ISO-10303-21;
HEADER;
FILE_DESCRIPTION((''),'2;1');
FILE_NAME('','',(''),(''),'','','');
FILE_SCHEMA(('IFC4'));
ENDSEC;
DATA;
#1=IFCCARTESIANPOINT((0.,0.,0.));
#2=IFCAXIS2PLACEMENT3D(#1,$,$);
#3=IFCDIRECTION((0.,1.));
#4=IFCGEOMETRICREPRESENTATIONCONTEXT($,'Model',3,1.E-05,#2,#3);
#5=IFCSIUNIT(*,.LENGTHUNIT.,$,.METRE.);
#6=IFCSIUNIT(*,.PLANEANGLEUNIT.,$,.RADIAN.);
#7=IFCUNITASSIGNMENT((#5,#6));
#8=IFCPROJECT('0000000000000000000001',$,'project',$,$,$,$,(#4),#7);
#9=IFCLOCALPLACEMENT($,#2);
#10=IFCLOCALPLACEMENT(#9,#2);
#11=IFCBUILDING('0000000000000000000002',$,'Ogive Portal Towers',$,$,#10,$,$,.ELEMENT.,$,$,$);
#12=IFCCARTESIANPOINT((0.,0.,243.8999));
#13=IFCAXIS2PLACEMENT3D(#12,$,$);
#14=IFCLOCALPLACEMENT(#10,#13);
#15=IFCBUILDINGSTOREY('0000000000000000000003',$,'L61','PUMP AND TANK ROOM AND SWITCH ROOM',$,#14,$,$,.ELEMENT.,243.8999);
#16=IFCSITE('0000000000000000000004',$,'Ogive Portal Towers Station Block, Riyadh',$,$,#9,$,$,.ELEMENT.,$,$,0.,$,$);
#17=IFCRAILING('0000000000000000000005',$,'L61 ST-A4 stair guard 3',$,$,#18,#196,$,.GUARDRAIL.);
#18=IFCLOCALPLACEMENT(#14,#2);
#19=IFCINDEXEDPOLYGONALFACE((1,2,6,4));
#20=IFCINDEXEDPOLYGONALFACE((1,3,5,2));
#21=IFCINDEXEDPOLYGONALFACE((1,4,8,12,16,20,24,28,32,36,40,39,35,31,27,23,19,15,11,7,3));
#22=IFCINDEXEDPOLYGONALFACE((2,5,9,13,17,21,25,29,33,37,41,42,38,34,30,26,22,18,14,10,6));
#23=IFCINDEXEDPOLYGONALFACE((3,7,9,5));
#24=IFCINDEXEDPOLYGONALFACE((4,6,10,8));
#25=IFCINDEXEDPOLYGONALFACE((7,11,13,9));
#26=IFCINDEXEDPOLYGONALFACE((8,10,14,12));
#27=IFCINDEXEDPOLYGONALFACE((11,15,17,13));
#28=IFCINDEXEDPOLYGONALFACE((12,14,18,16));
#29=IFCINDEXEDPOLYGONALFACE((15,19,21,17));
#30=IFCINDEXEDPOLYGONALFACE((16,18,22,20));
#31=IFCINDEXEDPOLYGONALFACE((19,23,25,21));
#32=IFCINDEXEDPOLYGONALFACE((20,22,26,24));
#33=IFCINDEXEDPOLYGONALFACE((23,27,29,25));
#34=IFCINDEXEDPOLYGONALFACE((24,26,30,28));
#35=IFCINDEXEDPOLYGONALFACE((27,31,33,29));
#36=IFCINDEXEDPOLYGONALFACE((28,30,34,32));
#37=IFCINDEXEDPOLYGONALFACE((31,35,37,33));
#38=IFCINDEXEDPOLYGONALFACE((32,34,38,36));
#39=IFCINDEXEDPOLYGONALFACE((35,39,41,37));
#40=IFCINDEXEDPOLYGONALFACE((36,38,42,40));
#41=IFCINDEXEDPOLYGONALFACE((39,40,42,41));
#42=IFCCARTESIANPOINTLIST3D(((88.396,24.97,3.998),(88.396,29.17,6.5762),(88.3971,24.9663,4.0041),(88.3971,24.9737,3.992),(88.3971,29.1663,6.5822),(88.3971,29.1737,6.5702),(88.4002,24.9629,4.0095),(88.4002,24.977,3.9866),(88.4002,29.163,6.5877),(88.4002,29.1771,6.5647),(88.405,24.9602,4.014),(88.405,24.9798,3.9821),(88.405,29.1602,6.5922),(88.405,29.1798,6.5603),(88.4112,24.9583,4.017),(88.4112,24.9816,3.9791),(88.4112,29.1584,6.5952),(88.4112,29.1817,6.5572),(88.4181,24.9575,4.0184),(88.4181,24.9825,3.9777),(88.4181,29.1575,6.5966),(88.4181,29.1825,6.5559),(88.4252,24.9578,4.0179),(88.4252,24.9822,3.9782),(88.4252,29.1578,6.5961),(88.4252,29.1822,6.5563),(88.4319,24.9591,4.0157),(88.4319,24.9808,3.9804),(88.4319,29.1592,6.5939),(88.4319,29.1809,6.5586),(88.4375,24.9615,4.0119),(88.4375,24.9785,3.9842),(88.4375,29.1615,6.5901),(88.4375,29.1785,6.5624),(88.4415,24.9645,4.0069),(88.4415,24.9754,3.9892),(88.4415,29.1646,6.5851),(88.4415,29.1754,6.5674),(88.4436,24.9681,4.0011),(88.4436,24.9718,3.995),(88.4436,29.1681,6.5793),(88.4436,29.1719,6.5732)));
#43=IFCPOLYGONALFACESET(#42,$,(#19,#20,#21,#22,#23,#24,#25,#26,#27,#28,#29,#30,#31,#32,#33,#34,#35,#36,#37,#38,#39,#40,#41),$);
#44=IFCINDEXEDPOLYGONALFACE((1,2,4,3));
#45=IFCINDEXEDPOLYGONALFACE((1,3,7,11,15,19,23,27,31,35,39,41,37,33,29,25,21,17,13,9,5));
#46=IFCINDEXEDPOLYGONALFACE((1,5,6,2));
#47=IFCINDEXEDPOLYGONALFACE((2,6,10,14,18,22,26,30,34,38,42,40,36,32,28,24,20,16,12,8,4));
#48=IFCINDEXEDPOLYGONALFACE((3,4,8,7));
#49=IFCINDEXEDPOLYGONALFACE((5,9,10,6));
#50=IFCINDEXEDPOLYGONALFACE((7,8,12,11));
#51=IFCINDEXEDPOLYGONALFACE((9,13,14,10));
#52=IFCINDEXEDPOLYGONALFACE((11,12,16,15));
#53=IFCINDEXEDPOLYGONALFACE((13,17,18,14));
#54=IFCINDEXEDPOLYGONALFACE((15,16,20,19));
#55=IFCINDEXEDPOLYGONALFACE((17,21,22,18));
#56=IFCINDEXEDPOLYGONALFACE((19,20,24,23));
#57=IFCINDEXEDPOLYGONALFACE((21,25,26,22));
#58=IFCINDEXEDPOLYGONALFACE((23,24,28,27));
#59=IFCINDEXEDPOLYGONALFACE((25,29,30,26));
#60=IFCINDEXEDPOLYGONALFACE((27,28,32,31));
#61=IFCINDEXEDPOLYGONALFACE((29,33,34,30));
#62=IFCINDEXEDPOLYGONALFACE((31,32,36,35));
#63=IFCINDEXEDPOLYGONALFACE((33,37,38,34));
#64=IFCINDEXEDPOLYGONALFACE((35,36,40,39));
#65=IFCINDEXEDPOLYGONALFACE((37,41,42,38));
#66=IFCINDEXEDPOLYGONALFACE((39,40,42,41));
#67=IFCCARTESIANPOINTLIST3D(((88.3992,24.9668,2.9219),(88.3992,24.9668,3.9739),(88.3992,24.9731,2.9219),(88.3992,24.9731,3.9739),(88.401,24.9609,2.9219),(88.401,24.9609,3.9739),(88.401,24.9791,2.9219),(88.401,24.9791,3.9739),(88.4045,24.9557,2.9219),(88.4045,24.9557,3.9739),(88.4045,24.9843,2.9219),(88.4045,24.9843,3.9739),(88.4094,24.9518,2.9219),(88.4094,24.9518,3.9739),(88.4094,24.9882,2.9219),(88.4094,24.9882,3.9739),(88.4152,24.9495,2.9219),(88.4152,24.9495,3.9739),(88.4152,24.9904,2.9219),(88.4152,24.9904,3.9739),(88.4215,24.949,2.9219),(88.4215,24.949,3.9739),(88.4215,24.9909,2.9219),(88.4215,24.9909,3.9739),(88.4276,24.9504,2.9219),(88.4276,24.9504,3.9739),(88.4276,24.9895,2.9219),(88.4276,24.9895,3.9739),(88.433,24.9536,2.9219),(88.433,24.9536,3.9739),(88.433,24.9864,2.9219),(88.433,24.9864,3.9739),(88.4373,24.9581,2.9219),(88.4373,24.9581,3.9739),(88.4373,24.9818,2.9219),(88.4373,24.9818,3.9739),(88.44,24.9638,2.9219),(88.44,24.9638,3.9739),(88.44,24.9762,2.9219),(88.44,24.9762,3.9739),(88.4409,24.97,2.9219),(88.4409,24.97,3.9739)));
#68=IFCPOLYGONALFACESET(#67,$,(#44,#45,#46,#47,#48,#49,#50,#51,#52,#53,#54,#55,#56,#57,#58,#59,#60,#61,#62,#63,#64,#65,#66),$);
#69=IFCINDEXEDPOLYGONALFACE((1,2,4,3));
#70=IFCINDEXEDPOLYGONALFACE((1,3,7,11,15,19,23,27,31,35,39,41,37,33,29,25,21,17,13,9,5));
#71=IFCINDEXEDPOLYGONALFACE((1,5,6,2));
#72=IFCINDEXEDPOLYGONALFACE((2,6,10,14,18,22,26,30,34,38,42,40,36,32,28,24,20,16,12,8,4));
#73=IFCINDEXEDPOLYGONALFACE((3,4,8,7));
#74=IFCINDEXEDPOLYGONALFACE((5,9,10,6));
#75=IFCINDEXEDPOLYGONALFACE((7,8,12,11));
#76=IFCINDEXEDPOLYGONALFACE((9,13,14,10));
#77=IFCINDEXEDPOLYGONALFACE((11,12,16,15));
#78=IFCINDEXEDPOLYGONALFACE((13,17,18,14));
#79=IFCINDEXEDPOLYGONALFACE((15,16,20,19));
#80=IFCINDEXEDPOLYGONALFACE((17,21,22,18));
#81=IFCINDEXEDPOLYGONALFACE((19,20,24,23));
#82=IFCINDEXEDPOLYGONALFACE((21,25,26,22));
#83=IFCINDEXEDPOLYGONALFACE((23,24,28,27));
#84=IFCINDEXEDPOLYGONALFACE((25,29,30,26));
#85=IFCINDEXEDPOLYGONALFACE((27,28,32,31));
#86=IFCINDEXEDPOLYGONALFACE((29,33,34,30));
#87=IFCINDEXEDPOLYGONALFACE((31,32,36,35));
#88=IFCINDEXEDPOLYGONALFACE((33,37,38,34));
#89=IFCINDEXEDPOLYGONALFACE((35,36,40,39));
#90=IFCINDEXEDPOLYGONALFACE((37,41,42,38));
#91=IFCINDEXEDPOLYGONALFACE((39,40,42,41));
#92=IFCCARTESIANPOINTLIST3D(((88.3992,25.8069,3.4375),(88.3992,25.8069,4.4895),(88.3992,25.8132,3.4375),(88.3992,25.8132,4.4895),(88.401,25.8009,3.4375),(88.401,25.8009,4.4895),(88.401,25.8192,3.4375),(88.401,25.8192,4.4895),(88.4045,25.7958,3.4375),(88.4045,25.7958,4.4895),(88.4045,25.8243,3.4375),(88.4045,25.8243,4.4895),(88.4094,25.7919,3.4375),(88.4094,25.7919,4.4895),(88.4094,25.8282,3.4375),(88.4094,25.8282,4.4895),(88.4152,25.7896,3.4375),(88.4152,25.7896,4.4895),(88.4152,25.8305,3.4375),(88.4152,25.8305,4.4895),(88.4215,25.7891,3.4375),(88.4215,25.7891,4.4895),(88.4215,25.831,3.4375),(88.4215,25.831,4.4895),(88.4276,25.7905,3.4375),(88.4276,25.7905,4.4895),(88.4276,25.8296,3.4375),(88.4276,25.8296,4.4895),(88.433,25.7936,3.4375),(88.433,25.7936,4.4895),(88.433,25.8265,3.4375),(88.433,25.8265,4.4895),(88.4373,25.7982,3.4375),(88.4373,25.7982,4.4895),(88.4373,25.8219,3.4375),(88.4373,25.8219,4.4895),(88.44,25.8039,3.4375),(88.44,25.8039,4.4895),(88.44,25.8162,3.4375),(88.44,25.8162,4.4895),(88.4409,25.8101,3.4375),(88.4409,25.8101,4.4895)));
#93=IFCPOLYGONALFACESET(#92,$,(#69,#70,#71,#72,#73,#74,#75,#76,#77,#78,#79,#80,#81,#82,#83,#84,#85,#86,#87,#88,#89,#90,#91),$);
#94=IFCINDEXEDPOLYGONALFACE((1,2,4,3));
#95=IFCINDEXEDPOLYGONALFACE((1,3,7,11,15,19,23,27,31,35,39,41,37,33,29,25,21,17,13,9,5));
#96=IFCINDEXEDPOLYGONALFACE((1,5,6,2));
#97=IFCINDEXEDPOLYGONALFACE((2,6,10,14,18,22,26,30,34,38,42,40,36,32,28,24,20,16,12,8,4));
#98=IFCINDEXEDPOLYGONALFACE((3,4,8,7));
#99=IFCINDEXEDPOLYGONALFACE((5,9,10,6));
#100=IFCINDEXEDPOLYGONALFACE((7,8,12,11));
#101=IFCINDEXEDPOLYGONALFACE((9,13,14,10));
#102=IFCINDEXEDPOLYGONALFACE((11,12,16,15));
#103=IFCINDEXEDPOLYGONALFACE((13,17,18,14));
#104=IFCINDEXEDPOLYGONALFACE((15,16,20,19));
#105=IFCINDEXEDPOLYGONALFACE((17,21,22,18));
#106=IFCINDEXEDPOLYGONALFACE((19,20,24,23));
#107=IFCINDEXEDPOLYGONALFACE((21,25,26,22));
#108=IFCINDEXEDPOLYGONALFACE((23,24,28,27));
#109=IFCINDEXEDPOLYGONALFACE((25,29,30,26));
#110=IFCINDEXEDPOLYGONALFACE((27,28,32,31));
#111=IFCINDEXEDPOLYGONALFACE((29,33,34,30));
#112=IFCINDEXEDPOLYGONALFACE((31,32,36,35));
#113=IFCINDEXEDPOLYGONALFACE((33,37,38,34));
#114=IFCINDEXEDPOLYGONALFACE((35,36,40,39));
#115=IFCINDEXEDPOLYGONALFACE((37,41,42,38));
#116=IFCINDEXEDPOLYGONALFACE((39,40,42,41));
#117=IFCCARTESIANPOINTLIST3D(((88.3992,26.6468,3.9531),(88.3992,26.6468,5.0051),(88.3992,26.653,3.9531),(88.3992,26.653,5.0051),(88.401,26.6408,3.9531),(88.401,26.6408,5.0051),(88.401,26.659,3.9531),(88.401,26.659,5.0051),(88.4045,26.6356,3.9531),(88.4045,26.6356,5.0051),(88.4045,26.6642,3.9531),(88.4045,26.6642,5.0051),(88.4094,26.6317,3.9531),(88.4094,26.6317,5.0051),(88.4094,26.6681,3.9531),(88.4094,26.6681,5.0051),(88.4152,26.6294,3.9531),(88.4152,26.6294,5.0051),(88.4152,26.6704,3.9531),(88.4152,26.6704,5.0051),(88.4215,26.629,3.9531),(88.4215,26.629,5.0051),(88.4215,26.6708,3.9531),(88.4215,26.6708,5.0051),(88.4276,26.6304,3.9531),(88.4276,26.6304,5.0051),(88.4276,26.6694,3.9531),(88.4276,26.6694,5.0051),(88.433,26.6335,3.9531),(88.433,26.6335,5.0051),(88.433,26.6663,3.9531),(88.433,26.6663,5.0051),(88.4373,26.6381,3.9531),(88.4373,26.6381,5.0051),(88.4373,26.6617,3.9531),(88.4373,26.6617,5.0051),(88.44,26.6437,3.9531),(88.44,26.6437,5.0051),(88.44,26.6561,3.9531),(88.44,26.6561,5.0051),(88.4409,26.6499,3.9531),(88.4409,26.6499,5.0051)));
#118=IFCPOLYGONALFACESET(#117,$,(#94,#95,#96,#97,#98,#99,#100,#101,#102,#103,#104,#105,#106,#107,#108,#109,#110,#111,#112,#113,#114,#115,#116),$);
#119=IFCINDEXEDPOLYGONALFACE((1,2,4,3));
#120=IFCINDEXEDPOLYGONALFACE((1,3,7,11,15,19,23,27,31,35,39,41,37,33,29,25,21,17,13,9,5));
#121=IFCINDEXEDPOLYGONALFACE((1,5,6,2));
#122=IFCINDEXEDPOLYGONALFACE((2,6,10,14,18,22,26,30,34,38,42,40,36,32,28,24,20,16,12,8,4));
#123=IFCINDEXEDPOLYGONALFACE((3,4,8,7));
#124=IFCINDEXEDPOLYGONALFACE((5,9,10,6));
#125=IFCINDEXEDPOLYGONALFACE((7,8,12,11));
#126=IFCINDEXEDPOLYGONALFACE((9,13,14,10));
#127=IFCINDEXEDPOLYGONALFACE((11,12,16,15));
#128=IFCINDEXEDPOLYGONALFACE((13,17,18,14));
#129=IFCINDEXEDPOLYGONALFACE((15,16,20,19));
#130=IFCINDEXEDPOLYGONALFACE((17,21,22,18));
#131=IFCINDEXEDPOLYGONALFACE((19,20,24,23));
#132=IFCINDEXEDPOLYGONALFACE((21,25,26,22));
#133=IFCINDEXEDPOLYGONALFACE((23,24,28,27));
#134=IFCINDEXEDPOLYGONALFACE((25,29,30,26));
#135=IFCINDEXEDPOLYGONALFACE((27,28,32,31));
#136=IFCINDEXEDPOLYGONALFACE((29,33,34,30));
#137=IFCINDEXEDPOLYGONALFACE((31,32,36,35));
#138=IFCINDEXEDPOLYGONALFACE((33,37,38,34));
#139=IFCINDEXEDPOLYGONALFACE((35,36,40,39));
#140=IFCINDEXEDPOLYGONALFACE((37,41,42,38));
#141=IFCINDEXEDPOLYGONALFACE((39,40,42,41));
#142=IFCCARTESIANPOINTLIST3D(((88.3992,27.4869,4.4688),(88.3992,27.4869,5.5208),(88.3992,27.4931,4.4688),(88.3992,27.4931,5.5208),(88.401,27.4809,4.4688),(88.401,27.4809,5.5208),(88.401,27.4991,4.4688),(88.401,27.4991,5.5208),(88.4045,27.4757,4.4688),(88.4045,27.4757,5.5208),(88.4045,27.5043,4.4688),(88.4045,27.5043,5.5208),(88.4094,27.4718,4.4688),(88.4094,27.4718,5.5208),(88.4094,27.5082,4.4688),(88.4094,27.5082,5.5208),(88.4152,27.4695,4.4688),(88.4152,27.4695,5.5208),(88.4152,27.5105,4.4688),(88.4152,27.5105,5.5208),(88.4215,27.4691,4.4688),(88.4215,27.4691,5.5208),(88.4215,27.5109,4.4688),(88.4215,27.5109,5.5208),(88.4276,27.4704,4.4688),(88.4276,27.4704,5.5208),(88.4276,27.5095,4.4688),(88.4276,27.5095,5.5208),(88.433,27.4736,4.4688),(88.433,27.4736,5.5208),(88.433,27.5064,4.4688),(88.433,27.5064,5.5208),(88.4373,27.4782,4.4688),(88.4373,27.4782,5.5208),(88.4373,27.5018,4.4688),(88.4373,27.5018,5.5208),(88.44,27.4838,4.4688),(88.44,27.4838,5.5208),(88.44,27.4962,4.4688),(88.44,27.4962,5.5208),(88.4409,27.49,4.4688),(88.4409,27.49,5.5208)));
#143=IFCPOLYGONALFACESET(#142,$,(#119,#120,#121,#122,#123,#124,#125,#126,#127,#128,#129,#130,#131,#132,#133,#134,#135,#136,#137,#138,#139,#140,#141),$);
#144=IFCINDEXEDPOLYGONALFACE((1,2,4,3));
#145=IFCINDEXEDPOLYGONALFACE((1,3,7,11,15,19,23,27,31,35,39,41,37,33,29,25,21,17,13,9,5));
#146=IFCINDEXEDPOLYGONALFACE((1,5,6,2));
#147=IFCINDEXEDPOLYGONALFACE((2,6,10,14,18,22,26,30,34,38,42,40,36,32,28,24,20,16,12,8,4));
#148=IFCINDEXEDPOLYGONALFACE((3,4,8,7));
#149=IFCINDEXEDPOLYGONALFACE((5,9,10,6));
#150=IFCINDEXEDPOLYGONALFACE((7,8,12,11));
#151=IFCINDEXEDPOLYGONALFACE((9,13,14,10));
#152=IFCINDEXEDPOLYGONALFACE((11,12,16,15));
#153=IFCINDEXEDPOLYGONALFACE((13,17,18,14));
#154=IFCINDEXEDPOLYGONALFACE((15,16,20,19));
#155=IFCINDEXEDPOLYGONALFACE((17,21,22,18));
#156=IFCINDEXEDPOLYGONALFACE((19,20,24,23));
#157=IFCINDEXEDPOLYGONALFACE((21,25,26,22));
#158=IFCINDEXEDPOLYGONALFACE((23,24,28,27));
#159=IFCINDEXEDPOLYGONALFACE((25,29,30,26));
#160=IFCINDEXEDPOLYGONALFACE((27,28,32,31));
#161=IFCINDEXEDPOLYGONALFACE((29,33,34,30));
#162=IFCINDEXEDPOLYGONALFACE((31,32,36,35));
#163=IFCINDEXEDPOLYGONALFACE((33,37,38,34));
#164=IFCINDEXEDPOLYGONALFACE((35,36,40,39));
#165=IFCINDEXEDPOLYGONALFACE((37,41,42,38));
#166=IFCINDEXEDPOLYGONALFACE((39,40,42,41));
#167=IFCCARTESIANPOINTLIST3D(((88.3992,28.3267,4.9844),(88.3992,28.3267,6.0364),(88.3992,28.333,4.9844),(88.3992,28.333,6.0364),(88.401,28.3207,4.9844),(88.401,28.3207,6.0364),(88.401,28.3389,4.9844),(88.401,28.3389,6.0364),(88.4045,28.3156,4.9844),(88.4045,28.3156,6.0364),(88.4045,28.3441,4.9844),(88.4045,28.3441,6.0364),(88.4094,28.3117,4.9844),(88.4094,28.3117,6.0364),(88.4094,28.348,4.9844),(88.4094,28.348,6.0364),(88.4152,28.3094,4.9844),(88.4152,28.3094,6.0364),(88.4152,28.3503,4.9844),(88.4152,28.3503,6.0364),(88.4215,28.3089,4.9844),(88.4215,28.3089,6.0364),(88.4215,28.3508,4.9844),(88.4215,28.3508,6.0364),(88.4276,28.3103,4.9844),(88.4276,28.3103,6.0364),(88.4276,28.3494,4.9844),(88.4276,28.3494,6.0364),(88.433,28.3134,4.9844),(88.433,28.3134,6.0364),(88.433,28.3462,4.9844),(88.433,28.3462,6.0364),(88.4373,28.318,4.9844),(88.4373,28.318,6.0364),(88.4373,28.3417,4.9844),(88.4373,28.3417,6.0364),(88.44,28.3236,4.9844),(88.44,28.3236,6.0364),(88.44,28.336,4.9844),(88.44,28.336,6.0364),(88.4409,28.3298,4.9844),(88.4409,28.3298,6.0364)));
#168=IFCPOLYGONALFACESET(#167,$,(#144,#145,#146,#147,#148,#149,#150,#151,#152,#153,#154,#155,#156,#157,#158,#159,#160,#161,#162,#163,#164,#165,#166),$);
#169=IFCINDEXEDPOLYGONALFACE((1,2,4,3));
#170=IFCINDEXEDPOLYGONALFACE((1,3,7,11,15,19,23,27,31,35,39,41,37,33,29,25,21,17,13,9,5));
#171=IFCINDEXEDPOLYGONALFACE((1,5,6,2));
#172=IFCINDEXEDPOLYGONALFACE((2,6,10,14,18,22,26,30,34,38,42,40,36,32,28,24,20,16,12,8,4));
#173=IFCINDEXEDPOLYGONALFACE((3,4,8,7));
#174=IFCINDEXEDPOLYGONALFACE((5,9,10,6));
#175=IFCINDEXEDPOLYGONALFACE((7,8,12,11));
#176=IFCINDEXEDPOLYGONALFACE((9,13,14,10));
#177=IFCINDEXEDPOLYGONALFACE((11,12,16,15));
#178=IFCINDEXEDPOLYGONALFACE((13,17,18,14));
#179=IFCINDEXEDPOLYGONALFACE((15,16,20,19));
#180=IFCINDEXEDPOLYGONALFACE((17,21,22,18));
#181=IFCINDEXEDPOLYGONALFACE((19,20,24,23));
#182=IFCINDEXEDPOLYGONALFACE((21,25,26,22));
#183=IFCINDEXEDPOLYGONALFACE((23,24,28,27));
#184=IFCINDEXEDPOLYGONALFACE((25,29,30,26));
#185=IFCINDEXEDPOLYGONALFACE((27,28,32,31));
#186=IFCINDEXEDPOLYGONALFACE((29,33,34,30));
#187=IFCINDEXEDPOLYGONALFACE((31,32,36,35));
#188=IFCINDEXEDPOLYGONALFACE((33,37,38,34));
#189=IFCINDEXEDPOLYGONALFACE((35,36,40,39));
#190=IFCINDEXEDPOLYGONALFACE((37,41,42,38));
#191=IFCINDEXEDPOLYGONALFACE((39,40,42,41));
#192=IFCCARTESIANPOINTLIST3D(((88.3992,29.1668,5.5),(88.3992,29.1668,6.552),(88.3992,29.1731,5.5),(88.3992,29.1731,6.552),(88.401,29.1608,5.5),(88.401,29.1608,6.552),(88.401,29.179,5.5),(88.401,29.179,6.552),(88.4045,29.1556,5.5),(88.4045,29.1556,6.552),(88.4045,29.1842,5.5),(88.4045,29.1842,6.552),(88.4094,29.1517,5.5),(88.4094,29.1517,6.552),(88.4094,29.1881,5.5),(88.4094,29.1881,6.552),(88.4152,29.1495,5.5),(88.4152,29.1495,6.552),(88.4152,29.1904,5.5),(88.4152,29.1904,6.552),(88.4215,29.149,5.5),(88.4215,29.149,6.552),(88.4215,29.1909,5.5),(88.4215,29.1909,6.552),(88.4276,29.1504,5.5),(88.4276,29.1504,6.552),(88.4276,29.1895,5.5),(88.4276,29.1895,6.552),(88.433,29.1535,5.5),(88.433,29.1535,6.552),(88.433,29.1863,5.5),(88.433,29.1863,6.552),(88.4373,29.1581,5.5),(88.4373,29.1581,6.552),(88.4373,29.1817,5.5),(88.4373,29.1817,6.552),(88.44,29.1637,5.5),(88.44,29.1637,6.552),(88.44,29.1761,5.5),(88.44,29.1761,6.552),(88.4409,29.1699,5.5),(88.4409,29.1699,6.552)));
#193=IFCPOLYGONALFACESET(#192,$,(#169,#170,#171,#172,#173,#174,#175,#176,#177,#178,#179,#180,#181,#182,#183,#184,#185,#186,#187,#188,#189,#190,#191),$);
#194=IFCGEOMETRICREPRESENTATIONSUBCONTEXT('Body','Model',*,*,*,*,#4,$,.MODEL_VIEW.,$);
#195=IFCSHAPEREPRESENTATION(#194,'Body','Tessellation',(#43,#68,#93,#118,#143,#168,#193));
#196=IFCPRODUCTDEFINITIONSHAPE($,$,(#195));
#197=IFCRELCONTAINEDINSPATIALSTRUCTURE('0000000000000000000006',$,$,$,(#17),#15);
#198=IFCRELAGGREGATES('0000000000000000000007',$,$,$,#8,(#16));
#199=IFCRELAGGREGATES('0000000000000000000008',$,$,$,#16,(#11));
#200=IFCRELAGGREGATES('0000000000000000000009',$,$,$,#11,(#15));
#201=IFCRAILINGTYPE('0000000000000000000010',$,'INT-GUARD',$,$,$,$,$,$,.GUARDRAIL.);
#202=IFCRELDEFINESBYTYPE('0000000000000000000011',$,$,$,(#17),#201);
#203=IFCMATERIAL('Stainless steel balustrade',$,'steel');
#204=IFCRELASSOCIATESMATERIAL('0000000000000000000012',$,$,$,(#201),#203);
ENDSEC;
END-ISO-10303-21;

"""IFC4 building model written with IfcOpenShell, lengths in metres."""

from ifc_helpers import new_model, si_unit, direction, frame, origin, origin_2d, place, context, subcontext, project, spatial, circle, extrude, material, type_object, element, save


model = new_model("IFC4")

# Units and contexts
model_context = context("Model", 3, precision=1e-05, world=origin(), true_north=direction((0.0, 1.0)))
body_context = subcontext(model_context, "Body", "Model", "MODEL_VIEW")
ifc_project = project(units=[si_unit("LENGTHUNIT", "METRE"), si_unit("PLANEANGLEUNIT", "RADIAN")], contexts=[model_context])

# Site, building, storey
site_placement = place(None, origin())
site = spatial("IfcSite", under=ifc_project, at=site_placement, Name="Ogive Portal Towers Station Block, Riyadh", CompositionType="ELEMENT", RefElevation=0.0)
building_placement = place(site_placement, origin())
building = spatial("IfcBuilding", under=site, at=building_placement, Name="Ogive Portal Towers", CompositionType="ELEMENT")
storey_placement = place(building_placement, frame((0.0, 0.0, 243.8999)))
storey = spatial("IfcBuildingStorey", under=building, at=storey_placement, Name="L61", Description="PUMP AND TANK ROOM AND SWITCH ROOM", CompositionType="ELEMENT", Elevation=243.8999)

# Railing
ifc_material_1 = material(Name="Stainless steel balustrade", Category="steel")
railing_type_1 = type_object("IfcRailingType", Name="INT-GUARD", PredefinedType="GUARDRAIL", material=ifc_material_1)
railing_1_placement = place(storey_placement, frame((88.4199, 24.97, 2.9219)))
element("IfcRailing", 1, at=railing_1_placement, inside=storey, type_object=railing_type_1, Name="L61 ST-A4 stair guard 3", PredefinedType="GUARDRAIL", context=body_context, shape_type="SweptSolid", body=[
    extrude(circle(Radius=0.0239, at=origin_2d()), frame((0.0, 0.0, 1.0762), z_axis=(0.0, 0.852243, 0.523146), x_axis=(-1.0, 0.0, 0.0)), (0.0, 0.0, 1.0), 4.9282),
    extrude(circle(Radius=0.021, at=origin_2d()), origin(), (0.0, 0.0, 1.0), 1.052),
    extrude(circle(Radius=0.021, at=origin_2d()), frame((0.0, 0.8401, 0.5156)), (0.0, 0.0, 1.0), 1.052),
    extrude(circle(Radius=0.021, at=origin_2d()), frame((0.0, 1.6799, 1.0312)), (0.0, 0.0, 1.0), 1.052),
    extrude(circle(Radius=0.021, at=origin_2d()), frame((0.0, 2.52, 1.5469)), (0.0, 0.0, 1.0), 1.052),
    extrude(circle(Radius=0.021, at=origin_2d()), frame((0.0, 3.3599, 2.0625)), (0.0, 0.0, 1.0), 1.052),
    extrude(circle(Radius=0.021, at=origin_2d()), frame((0.0, 4.2, 2.5781)), (0.0, 0.0, 1.0), 1.052),
])

save(model, "model.ifc")
